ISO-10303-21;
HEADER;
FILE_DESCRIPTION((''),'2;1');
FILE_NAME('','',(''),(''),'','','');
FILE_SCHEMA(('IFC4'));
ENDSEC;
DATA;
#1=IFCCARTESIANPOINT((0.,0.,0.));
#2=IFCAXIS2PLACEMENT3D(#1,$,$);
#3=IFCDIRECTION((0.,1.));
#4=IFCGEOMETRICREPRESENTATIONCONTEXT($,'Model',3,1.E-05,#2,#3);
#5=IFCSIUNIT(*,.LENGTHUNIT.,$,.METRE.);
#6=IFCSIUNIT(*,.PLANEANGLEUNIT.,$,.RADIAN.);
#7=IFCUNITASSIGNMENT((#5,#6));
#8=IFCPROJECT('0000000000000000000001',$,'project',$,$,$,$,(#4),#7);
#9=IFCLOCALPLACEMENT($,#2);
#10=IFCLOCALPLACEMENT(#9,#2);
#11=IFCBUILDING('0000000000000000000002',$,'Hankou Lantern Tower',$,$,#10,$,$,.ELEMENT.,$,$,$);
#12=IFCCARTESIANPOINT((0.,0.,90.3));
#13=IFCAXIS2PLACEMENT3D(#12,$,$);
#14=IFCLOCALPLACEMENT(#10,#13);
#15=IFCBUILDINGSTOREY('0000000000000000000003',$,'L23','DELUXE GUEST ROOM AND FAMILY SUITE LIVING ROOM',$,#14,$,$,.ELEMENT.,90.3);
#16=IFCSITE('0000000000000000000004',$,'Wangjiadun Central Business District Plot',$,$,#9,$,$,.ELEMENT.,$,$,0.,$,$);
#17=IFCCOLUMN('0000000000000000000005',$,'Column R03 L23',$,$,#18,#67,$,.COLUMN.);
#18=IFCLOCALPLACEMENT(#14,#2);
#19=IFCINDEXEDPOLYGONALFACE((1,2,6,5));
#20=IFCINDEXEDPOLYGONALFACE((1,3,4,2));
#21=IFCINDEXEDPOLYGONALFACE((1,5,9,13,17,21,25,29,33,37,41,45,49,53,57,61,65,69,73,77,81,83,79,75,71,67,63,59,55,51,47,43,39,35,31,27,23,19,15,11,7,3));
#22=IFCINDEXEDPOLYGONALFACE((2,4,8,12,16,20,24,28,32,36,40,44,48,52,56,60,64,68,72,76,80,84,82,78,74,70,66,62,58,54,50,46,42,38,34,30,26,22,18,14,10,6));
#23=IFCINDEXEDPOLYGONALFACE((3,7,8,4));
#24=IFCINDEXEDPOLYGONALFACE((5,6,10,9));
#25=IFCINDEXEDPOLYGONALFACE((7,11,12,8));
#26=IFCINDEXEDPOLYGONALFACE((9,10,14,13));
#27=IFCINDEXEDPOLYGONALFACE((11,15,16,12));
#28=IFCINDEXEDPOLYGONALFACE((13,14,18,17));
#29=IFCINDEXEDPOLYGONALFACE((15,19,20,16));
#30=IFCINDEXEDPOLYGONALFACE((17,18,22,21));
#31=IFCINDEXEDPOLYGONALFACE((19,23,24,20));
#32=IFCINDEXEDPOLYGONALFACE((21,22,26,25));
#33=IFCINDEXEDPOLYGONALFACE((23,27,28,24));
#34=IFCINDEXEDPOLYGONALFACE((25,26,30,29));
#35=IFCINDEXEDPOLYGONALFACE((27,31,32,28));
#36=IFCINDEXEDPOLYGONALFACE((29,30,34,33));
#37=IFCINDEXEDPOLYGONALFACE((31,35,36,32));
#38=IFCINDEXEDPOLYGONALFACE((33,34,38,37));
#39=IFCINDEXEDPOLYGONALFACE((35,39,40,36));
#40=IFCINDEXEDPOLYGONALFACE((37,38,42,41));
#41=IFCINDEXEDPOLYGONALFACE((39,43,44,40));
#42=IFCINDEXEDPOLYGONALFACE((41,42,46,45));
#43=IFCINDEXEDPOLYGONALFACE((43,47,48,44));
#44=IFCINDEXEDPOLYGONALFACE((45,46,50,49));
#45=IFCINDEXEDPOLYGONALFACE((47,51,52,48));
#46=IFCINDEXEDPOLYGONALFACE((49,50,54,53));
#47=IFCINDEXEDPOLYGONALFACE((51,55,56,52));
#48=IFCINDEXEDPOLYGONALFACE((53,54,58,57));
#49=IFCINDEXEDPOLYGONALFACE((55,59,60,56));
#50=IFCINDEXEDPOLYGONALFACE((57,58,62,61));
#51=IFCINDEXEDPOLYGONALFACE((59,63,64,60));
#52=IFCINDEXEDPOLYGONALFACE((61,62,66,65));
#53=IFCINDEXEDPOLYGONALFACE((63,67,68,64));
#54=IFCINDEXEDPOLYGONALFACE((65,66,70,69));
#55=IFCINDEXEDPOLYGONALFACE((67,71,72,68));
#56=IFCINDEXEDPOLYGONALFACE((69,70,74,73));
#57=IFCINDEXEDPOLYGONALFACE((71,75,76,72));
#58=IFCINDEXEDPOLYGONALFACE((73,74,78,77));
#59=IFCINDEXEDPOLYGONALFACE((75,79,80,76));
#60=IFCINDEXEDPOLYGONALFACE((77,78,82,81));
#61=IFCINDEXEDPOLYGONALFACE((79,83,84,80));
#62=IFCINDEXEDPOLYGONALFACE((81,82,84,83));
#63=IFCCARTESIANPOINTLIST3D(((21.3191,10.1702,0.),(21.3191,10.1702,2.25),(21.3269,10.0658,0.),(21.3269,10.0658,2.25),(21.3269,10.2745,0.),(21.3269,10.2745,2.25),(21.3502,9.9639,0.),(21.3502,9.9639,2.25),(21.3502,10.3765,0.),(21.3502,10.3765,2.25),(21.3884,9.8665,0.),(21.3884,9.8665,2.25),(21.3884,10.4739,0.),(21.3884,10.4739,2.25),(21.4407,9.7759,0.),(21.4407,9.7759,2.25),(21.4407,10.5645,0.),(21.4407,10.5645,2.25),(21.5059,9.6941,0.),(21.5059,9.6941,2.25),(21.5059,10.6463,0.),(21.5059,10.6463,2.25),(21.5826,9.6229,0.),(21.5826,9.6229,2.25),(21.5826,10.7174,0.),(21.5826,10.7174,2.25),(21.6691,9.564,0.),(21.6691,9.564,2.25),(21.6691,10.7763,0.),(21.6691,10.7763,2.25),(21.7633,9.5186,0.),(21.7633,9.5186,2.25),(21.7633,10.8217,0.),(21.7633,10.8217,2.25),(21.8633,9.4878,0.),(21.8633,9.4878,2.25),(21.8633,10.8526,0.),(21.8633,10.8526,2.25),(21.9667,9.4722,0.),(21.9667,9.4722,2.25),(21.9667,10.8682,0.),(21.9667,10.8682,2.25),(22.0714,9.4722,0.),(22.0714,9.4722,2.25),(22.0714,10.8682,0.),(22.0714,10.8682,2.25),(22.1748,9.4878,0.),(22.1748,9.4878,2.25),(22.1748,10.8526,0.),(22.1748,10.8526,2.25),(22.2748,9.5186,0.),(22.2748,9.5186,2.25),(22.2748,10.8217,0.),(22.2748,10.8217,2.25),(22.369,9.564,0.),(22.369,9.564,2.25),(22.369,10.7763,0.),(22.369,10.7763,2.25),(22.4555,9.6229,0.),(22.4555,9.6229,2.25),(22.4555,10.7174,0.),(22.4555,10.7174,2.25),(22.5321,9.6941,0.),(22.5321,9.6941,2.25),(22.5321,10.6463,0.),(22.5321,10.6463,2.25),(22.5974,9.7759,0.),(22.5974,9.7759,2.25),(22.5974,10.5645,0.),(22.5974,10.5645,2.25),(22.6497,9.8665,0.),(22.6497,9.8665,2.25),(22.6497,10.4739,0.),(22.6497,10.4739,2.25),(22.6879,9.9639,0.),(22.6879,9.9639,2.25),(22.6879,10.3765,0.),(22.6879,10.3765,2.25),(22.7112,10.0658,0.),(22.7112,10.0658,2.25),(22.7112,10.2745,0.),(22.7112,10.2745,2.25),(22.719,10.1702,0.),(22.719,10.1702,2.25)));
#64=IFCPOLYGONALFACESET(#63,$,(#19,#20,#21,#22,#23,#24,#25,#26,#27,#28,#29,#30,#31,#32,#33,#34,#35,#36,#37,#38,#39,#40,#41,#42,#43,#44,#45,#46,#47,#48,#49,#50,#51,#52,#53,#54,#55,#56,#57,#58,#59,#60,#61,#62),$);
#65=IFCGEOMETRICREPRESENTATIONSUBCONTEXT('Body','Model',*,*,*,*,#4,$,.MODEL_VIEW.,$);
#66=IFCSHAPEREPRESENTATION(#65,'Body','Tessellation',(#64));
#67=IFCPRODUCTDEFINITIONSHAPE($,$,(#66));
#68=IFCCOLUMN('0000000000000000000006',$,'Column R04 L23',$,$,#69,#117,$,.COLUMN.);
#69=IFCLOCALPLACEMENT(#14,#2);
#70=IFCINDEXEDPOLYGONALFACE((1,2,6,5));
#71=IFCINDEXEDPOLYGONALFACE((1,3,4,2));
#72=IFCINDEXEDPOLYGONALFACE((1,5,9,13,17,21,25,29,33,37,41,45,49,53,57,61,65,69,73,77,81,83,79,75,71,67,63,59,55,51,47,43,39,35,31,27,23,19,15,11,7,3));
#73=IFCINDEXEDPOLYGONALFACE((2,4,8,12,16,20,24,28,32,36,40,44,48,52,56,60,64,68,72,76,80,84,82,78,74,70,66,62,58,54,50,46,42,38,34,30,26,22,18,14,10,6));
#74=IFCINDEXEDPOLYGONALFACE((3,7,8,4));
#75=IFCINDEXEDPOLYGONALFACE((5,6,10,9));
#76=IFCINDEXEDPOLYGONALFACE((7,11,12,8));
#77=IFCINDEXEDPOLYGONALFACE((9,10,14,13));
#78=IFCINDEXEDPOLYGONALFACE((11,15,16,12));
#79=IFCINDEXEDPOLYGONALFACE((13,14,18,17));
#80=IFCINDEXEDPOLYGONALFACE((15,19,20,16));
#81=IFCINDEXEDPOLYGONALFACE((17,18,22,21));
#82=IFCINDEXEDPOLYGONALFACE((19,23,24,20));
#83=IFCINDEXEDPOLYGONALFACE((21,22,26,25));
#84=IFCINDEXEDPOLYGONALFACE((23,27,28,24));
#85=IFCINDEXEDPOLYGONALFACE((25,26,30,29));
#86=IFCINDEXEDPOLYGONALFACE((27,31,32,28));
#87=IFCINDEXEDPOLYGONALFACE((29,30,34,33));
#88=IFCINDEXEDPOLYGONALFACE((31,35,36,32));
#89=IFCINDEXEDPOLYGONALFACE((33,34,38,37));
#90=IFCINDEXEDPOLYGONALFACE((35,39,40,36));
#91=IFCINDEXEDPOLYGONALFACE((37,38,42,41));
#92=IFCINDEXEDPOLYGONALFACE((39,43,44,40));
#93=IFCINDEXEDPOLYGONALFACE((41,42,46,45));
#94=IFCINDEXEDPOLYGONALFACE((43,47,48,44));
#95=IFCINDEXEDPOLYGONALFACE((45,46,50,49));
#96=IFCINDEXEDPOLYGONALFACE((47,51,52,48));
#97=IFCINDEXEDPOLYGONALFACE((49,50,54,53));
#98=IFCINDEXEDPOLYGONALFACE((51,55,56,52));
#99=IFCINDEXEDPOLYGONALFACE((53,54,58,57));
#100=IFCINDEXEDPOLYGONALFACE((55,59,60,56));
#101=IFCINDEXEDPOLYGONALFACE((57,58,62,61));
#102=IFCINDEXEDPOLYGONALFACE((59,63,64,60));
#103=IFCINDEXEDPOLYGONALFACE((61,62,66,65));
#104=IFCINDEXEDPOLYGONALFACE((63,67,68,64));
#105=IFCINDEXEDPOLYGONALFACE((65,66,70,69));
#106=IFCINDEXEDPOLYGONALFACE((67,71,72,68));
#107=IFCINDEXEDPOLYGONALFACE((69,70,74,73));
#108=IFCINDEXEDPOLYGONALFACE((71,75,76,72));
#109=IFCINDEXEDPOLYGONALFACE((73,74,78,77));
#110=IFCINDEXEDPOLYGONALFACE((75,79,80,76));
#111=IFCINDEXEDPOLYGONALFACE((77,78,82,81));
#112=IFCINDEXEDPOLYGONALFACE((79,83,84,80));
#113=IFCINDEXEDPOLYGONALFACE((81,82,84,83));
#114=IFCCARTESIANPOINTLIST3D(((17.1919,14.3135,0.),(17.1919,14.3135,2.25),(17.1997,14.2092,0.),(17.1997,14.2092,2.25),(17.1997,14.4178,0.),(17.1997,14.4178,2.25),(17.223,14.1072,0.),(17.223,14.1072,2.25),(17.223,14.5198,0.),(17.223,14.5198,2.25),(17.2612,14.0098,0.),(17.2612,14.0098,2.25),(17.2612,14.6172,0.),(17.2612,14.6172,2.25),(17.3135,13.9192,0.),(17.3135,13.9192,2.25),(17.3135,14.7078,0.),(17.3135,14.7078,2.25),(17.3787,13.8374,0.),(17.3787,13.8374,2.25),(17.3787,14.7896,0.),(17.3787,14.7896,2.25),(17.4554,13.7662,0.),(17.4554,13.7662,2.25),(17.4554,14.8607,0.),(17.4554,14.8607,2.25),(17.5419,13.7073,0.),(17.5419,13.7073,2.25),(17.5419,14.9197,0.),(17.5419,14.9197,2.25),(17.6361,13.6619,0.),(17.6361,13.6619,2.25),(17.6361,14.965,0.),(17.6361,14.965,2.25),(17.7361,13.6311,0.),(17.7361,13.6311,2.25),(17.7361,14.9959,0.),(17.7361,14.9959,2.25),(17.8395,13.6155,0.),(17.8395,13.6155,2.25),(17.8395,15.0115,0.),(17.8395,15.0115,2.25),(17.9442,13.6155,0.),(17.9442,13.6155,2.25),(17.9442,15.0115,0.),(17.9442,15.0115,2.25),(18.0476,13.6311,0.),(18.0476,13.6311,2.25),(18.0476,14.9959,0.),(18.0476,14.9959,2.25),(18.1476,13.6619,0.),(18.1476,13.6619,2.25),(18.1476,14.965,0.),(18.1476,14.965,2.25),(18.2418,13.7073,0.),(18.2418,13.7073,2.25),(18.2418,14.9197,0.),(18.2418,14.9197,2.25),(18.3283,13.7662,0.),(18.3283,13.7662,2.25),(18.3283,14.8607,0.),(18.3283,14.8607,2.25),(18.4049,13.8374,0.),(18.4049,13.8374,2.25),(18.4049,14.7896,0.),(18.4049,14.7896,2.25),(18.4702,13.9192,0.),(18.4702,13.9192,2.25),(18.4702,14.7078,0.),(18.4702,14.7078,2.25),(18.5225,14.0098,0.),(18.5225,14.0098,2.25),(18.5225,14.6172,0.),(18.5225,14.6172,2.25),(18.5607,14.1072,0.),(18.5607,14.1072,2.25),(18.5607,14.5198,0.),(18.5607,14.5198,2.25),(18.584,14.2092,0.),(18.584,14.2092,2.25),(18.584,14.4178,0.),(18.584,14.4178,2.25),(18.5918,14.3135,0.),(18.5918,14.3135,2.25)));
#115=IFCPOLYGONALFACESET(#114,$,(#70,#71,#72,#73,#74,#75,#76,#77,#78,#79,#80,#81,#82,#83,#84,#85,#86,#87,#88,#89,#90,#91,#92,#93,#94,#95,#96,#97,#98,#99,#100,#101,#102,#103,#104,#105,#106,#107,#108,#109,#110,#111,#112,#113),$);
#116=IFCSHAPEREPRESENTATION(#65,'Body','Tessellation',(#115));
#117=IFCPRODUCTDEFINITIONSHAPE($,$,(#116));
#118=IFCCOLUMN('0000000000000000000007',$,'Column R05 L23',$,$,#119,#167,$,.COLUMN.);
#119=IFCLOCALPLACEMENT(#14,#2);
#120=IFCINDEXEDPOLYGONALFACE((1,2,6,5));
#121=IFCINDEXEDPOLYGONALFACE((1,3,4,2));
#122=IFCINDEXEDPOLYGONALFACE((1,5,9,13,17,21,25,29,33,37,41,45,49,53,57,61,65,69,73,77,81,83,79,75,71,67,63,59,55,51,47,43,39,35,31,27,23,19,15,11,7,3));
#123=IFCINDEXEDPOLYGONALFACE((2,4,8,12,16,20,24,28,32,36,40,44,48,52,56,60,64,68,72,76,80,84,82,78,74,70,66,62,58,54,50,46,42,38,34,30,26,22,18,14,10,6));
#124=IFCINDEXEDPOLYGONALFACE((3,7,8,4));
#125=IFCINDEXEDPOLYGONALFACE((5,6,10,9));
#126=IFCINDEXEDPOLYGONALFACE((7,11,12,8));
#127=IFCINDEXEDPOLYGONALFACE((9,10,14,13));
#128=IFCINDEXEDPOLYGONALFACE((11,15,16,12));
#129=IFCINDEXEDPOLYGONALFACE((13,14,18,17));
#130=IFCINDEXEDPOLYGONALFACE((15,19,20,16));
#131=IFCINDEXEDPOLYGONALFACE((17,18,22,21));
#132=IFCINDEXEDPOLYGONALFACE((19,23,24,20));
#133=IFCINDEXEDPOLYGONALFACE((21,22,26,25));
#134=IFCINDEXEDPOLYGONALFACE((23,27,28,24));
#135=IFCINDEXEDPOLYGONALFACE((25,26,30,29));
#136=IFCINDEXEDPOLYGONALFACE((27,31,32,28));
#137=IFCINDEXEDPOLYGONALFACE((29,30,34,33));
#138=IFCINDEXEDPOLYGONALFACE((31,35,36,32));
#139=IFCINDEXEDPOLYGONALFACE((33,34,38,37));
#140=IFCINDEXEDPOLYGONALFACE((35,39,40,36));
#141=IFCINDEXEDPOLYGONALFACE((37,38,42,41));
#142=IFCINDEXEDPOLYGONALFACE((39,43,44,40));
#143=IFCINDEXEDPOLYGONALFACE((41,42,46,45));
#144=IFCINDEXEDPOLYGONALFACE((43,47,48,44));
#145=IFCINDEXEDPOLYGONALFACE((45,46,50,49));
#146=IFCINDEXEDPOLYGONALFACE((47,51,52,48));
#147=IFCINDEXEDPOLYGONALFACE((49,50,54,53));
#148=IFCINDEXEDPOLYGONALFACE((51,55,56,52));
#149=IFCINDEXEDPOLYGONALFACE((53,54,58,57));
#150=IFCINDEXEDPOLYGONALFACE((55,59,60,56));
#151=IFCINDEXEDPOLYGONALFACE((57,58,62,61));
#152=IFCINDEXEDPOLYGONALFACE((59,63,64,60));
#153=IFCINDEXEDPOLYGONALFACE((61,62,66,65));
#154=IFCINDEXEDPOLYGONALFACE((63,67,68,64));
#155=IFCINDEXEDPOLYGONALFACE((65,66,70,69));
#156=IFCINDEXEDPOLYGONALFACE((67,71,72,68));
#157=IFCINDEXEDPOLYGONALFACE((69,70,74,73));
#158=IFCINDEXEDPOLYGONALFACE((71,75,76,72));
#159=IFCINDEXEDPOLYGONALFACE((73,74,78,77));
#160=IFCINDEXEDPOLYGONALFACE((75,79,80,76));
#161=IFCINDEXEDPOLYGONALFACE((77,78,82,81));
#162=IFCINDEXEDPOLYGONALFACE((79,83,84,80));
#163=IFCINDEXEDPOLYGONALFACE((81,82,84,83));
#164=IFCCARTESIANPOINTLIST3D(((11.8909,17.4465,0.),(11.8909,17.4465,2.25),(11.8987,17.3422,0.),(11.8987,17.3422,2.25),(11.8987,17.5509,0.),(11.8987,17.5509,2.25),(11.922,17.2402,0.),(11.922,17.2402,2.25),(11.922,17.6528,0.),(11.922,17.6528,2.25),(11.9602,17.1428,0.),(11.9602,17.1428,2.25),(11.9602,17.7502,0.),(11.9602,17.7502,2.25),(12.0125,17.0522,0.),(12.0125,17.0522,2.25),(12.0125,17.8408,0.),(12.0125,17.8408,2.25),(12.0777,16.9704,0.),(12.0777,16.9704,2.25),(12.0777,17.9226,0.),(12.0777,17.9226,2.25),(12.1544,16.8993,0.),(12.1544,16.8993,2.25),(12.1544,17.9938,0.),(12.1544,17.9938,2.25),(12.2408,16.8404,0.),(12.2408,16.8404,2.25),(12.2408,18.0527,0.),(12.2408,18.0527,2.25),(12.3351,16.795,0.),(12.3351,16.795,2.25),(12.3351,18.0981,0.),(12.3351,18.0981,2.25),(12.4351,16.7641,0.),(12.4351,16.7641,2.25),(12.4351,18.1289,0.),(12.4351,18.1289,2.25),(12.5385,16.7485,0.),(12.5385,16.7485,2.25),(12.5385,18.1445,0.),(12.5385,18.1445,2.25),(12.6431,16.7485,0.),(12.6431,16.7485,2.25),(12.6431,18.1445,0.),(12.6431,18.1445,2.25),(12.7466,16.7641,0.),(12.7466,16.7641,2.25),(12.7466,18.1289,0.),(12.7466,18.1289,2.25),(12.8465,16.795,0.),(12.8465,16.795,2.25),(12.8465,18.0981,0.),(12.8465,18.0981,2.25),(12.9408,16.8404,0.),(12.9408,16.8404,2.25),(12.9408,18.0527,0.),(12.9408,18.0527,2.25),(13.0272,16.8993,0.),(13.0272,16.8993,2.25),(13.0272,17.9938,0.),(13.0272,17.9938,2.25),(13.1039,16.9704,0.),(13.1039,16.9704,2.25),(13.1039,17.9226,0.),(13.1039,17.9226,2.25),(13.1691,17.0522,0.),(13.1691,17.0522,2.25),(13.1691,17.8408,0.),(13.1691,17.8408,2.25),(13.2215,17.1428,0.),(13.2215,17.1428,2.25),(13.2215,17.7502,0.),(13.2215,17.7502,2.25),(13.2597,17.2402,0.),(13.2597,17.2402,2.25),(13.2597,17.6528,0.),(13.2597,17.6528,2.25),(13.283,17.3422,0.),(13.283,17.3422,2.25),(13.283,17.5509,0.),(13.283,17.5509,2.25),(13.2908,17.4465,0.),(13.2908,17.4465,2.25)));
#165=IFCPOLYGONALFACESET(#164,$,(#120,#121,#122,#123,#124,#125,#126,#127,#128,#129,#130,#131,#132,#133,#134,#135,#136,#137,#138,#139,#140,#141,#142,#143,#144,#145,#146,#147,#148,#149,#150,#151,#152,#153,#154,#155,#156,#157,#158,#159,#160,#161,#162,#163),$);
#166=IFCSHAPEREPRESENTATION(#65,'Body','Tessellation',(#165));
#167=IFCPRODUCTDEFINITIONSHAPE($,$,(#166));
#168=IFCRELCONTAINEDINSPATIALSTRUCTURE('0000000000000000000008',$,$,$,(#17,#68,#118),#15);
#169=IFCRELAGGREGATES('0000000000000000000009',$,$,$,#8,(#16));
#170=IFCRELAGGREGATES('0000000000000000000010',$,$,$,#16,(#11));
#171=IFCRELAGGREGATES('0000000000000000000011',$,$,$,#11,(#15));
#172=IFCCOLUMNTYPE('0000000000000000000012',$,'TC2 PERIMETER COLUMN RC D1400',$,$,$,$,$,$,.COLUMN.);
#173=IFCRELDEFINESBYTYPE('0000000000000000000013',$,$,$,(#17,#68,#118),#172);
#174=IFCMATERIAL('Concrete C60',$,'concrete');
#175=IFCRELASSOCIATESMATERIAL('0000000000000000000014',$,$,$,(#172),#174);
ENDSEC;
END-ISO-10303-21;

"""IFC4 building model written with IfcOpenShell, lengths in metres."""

from ifc_helpers import new_model, si_unit, direction, frame, origin, origin_2d, place, context, subcontext, project, spatial, circle, extrude, clip, halfspace, material, material_profile, profile_set, type_object, element, save


model = new_model("IFC4")

# Units and contexts
model_context = context("Model", 3, precision=1e-05, world=origin(), true_north=direction((0.0, 1.0)))
body_context = subcontext(model_context, "Body", "Model", "MODEL_VIEW")
ifc_project = project(units=[si_unit("LENGTHUNIT", "METRE"), si_unit("PLANEANGLEUNIT", "RADIAN")], contexts=[model_context])

# Site, building, storey
site_placement = place(None, origin())
site = spatial("IfcSite", under=ifc_project, at=site_placement, Name="Wangjiadun Central Business District Plot", CompositionType="ELEMENT", RefElevation=0.0)
building_placement = place(site_placement, origin())
building = spatial("IfcBuilding", under=site, at=building_placement, Name="Hankou Lantern Tower", CompositionType="ELEMENT")
storey_placement = place(building_placement, frame((0.0, 0.0, 90.3)))
storey = spatial("IfcBuildingStorey", under=building, at=storey_placement, Name="L23", Description="DELUXE GUEST ROOM AND FAMILY SUITE LIVING ROOM", CompositionType="ELEMENT", Elevation=90.3)

# Columns
ifc_material_1 = material(Name="Concrete C60", Category="concrete")
ifc_material_profile_1 = material_profile(ifc_material_1, circle(Radius=0.7, at=origin_2d()), Name="RC D1400")
ifc_profile_set_1 = profile_set([ifc_material_profile_1], Name="Concrete C60")
column_type = type_object("IfcColumnType", Name="TC2 PERIMETER COLUMN RC D1400", PredefinedType="COLUMN", material=ifc_profile_set_1)
for number, where, z_axis, x_axis, name in (
    (1, (22.019, 10.1702, 0.0), (0.0, 0.0, 1.0), (1.0, 0.0, 0.0), "Column R03 L23"),
    (2, (17.8918, 14.3135, 0.0), (0.0, 0.0, 1.0), (1.0, 0.0, 0.0), "Column R04 L23"),
    (3, (12.5908, 17.4465, 0.0), (0.0, 0.0, 1.0), (1.0, 0.0, 0.0), "Column R05 L23"),
):
    element("IfcColumn", number, at=place(storey_placement, frame(where, z_axis=z_axis, x_axis=x_axis)), inside=storey, type_object=column_type, Name=name, PredefinedType="COLUMN", context=body_context, shape_type="Clipping", body=[
        clip(extrude(circle(Radius=0.7, at=origin_2d()), origin(), (0.0, 0.0, 1.0), 3.3), halfspace(frame((0.0, 0.0, 2.25), z_axis=(0.0, 0.0, 1.0), x_axis=(1.0, 0.0, 0.0)), False)),
    ])

save(model, "model.ifc")
